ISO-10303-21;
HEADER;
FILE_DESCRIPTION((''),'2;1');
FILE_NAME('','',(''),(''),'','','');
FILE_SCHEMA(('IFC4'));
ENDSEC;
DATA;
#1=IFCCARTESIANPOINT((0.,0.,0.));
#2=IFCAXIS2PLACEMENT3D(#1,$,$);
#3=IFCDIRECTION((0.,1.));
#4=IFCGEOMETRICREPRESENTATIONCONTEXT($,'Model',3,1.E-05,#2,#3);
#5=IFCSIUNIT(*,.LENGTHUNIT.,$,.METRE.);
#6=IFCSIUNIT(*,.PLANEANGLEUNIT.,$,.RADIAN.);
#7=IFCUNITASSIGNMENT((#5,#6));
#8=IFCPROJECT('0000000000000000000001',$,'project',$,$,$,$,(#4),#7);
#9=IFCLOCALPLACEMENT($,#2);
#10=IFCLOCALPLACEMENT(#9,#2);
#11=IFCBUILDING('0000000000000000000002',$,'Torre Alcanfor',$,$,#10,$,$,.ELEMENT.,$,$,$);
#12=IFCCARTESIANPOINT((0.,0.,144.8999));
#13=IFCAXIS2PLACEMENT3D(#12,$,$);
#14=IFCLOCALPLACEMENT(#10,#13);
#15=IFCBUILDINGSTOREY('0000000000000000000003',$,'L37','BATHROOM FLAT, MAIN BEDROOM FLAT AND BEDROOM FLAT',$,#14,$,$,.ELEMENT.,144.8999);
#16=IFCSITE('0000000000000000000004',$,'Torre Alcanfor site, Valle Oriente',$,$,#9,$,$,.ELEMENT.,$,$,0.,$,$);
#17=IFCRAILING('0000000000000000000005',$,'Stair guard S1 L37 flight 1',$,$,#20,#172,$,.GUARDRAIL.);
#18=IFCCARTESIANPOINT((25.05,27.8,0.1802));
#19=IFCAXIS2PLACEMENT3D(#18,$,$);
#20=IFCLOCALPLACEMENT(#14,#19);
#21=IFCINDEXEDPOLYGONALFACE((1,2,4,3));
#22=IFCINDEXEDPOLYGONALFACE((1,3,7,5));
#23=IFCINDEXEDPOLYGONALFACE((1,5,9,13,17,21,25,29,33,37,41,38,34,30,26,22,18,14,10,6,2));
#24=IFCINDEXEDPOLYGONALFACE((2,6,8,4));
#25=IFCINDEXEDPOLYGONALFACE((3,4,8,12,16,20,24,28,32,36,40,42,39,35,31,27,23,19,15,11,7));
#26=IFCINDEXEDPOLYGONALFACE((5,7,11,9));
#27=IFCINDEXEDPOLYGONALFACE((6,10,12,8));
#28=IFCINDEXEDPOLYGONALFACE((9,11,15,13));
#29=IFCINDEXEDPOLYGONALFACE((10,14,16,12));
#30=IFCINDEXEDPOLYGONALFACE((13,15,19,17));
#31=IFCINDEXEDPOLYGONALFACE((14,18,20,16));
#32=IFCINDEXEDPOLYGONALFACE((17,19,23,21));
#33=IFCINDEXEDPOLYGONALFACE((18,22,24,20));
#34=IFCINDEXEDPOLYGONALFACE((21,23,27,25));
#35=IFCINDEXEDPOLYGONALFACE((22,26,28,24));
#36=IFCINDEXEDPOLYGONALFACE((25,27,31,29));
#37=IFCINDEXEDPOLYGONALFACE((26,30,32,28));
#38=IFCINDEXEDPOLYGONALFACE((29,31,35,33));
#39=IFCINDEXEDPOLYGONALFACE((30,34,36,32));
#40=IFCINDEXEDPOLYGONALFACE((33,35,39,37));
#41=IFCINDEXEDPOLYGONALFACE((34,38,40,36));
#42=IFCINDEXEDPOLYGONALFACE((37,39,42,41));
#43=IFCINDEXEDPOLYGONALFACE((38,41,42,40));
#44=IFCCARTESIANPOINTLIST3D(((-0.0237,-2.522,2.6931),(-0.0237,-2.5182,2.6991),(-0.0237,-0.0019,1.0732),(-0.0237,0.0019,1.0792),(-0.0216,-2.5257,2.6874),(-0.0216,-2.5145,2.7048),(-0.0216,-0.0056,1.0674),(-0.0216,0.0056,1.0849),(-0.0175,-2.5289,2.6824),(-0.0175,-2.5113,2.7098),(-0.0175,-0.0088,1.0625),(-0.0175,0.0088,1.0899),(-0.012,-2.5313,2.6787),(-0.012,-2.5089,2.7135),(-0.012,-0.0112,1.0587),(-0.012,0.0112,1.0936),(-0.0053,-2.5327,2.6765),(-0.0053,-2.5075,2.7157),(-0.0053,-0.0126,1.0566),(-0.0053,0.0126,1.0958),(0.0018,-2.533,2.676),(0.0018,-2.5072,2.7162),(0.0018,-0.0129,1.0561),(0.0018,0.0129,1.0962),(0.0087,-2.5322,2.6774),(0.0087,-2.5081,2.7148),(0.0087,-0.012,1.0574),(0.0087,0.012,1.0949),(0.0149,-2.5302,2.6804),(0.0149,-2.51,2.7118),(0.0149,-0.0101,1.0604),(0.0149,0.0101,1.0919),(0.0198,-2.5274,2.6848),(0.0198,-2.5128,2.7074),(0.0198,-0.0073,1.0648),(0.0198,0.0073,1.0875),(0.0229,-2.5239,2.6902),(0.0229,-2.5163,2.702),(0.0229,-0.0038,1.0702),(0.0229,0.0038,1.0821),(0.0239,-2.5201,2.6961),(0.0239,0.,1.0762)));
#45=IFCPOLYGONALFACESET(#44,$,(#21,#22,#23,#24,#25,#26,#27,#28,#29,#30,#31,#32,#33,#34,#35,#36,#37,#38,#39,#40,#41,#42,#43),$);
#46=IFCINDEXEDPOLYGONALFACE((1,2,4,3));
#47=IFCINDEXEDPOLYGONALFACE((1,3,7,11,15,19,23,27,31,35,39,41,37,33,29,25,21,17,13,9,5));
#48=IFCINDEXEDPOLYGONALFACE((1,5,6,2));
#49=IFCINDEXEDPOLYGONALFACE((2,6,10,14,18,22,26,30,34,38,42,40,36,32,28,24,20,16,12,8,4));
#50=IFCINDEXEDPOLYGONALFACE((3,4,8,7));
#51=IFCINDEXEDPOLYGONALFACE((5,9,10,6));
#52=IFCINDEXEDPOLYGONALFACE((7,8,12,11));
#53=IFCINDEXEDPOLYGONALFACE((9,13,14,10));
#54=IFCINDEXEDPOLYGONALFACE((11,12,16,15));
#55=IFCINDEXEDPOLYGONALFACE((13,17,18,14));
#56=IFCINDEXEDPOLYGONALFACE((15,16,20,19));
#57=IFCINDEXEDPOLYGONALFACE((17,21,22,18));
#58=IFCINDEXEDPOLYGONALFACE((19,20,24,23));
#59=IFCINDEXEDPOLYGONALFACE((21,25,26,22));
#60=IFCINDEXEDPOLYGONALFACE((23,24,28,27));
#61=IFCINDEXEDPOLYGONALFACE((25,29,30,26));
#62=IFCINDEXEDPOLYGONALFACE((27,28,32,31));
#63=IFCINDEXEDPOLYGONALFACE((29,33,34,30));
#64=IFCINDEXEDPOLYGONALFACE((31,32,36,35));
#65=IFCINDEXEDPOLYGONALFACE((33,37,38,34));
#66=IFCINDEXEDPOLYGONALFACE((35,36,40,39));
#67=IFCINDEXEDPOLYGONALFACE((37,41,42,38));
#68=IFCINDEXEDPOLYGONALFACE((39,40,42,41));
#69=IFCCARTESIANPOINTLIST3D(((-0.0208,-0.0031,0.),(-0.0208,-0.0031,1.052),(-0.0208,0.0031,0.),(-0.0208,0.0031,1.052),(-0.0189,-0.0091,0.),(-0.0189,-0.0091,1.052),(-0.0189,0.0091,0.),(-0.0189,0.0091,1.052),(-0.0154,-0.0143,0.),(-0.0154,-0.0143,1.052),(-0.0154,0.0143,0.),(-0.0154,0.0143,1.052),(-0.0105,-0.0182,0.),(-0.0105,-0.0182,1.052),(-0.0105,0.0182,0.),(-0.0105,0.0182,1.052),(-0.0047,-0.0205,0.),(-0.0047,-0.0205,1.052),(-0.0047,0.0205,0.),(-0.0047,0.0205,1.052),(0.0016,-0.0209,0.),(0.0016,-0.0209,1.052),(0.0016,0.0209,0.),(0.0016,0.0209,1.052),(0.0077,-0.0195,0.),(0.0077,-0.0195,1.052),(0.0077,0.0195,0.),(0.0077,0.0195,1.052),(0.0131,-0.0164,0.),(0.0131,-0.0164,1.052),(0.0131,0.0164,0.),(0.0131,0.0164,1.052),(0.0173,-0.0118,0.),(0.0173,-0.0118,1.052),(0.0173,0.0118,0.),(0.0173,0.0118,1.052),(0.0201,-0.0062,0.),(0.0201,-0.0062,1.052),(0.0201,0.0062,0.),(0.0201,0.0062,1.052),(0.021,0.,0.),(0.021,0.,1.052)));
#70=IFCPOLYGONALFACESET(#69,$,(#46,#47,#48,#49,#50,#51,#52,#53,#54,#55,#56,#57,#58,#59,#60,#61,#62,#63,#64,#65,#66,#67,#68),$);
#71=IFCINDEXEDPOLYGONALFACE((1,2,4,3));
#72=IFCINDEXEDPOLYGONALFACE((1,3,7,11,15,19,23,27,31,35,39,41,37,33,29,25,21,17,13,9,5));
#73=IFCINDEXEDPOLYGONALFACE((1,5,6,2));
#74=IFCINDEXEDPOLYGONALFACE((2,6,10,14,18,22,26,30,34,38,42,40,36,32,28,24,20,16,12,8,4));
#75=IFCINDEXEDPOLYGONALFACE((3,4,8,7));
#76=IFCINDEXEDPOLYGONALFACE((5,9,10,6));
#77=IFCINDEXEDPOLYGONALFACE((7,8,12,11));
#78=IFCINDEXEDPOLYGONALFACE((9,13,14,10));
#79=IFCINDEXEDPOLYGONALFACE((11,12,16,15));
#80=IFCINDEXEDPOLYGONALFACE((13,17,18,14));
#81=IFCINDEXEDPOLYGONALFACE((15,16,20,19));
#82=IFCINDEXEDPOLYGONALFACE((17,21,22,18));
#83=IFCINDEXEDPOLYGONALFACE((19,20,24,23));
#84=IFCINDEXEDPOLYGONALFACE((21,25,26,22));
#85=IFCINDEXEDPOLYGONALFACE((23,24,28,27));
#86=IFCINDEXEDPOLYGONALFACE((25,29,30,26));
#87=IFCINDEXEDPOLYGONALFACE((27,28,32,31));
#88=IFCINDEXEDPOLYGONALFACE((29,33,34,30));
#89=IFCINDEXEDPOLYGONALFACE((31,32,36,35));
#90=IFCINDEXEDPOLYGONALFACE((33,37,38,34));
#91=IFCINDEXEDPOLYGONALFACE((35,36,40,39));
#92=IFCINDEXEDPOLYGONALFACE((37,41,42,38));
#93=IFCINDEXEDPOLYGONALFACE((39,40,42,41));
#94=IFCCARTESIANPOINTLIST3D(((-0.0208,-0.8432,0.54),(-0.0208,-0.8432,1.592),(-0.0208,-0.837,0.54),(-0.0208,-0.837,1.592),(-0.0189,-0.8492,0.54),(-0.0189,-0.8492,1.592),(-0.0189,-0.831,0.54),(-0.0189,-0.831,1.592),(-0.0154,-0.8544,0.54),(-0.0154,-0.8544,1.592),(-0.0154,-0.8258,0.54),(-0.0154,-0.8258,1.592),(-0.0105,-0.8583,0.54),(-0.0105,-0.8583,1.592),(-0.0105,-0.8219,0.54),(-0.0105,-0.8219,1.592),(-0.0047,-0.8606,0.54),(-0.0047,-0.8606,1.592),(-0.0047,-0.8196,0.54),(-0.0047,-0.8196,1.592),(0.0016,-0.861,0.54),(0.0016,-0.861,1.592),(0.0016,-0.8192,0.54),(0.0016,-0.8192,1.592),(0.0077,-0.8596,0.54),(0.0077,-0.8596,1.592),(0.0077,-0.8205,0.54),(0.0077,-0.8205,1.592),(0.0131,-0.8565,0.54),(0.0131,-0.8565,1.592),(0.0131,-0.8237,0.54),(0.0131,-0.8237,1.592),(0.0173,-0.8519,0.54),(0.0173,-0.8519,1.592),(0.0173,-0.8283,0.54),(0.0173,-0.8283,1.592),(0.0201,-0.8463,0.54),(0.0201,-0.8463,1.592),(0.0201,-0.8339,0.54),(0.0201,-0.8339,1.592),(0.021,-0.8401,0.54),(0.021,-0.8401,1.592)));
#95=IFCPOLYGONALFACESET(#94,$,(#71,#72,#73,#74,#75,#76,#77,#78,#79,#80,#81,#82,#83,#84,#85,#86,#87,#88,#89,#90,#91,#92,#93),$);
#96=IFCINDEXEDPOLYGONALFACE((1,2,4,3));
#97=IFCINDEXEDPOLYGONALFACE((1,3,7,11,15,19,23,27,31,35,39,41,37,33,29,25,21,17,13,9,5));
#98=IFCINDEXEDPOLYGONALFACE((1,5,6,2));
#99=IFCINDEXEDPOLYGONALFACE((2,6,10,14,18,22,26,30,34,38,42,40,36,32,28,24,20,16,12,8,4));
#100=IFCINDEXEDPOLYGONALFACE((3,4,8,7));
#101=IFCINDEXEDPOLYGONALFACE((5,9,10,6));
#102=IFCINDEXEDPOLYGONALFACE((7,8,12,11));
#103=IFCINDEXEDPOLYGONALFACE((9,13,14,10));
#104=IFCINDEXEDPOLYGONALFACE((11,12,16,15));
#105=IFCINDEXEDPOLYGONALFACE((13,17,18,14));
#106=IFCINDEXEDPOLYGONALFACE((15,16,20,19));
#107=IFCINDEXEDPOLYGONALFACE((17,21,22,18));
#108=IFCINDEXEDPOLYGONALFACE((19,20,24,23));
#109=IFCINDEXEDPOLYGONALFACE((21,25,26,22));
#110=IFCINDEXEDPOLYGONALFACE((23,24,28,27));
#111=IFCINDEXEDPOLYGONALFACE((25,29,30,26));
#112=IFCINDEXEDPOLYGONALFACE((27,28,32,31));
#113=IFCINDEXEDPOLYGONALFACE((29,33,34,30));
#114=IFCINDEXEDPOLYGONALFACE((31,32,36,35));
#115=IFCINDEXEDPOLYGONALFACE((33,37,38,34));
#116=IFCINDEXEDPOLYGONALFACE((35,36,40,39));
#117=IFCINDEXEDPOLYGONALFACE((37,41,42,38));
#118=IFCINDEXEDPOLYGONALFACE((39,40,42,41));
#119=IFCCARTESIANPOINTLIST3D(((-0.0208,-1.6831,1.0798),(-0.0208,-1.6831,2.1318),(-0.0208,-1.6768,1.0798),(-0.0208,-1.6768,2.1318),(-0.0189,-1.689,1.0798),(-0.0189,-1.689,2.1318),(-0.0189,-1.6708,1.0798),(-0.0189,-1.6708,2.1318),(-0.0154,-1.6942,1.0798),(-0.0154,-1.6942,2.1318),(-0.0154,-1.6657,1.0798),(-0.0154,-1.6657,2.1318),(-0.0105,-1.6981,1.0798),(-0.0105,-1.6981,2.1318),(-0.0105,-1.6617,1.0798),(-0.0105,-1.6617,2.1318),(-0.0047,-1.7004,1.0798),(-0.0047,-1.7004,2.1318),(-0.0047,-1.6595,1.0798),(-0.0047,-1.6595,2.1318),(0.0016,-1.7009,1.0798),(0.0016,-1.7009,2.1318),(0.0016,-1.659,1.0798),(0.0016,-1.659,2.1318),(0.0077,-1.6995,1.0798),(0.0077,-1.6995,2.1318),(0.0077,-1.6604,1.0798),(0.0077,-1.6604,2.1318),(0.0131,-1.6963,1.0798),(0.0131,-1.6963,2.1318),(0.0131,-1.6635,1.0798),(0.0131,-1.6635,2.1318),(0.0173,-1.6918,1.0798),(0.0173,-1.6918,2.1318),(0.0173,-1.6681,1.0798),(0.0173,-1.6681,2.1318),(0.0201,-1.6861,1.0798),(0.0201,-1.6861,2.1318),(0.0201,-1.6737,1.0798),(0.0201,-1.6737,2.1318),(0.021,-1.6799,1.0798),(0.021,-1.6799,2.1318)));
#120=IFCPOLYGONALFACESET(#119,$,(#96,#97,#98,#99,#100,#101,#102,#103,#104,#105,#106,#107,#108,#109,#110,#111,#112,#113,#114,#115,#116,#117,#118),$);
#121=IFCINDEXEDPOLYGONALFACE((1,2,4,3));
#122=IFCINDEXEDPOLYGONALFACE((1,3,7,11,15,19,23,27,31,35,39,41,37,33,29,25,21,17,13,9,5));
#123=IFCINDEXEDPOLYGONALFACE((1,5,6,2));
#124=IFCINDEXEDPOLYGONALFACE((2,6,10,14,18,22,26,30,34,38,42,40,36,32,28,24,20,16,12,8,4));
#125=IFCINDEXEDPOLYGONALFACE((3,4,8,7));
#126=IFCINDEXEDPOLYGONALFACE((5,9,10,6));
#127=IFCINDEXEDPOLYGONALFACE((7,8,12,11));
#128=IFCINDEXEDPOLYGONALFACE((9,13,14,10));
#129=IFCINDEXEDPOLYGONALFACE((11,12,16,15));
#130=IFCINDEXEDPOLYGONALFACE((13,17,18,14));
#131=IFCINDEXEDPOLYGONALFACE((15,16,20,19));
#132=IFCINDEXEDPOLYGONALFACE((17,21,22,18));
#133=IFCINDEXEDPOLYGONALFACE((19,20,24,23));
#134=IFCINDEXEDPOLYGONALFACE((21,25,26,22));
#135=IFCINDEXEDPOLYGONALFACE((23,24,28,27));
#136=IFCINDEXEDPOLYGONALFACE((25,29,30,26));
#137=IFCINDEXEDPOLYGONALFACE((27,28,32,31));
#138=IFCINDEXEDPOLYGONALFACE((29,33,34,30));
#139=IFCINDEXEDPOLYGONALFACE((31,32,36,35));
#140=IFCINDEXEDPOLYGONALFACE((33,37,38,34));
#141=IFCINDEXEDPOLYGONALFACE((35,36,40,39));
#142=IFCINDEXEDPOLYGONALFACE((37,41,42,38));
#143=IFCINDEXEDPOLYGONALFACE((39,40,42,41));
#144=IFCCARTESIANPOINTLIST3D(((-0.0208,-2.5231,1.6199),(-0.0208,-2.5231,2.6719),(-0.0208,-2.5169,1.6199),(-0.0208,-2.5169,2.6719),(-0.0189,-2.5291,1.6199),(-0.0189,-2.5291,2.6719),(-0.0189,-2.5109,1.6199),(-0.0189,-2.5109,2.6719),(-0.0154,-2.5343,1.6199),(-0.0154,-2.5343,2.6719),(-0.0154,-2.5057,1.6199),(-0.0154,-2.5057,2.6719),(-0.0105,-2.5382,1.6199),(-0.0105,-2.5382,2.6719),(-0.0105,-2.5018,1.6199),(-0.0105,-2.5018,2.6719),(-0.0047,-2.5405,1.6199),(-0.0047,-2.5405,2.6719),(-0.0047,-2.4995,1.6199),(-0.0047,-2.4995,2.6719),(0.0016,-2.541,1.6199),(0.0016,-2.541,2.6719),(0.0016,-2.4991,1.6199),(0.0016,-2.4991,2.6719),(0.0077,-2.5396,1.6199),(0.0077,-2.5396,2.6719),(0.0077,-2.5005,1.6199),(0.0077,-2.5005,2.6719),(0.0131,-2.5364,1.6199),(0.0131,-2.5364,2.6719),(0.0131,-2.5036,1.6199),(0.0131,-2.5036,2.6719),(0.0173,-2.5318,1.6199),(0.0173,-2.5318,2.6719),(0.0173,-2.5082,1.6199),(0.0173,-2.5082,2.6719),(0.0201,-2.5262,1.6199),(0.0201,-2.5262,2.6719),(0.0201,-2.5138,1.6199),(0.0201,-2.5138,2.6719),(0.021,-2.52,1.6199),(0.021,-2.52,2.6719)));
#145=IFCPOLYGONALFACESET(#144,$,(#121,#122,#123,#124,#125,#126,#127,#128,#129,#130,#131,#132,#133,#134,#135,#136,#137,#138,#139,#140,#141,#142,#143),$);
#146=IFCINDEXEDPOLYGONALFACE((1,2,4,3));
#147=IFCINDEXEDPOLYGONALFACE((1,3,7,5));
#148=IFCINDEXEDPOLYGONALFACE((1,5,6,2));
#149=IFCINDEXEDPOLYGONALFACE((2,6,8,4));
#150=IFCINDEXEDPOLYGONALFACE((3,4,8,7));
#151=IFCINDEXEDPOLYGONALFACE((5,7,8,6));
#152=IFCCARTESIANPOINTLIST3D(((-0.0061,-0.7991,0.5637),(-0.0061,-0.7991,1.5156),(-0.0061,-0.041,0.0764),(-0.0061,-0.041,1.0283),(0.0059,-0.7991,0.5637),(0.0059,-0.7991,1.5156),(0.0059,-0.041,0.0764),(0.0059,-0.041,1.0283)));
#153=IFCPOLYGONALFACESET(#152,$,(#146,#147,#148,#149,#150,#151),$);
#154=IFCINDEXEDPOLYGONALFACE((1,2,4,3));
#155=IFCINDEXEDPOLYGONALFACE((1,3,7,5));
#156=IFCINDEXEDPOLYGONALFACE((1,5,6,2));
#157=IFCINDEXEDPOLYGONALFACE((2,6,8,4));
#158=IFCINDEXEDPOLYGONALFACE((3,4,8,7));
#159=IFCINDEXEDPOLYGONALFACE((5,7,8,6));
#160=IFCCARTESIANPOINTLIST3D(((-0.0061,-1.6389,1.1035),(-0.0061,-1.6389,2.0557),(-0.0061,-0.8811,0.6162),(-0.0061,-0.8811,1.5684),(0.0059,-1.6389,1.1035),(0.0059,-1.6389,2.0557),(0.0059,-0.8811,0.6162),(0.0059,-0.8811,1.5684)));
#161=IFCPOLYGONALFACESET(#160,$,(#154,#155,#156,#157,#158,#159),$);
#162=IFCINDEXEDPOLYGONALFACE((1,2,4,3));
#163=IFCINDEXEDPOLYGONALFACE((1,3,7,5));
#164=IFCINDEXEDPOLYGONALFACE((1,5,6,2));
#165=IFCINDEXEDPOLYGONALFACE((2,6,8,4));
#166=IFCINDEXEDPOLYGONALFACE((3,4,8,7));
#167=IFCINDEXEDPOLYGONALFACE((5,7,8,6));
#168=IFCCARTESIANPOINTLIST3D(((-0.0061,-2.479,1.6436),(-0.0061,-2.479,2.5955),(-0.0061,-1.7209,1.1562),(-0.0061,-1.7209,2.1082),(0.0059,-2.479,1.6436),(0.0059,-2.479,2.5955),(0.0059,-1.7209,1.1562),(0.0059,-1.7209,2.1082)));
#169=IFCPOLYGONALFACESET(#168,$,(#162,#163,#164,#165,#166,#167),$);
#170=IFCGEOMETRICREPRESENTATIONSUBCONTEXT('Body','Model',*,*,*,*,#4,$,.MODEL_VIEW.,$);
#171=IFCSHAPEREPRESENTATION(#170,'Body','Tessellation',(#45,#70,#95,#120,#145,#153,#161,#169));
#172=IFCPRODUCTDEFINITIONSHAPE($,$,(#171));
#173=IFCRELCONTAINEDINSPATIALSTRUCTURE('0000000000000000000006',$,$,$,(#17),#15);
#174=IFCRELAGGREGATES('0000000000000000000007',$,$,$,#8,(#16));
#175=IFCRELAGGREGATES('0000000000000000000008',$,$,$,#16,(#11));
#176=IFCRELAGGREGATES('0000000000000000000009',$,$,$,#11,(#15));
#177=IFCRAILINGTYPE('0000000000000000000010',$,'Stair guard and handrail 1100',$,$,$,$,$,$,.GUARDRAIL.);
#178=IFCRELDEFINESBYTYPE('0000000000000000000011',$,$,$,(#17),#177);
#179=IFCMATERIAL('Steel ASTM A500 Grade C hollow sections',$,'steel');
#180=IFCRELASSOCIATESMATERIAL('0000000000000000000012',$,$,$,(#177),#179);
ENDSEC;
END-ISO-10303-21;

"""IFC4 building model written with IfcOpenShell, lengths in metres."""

from ifc_helpers import new_model, si_unit, direction, frame, origin, origin_2d, place, context, subcontext, project, spatial, polyline, circle, outline, extrude, material, type_object, element, save


model = new_model("IFC4")

# Units and contexts
model_context = context("Model", 3, precision=1e-05, world=origin(), true_north=direction((0.0, 1.0)))
body_context = subcontext(model_context, "Body", "Model", "MODEL_VIEW")
ifc_project = project(units=[si_unit("LENGTHUNIT", "METRE"), si_unit("PLANEANGLEUNIT", "RADIAN")], contexts=[model_context])

# Site, building, storey
site_placement = place(None, origin())
site = spatial("IfcSite", under=ifc_project, at=site_placement, Name="Torre Alcanfor site, Valle Oriente", CompositionType="ELEMENT", RefElevation=0.0)
building_placement = place(site_placement, origin())
building = spatial("IfcBuilding", under=site, at=building_placement, Name="Torre Alcanfor", CompositionType="ELEMENT")
storey_placement = place(building_placement, frame((0.0, 0.0, 144.8999)))
storey = spatial("IfcBuildingStorey", under=building, at=storey_placement, Name="L37", Description="BATHROOM FLAT, MAIN BEDROOM FLAT AND BEDROOM FLAT", CompositionType="ELEMENT", Elevation=144.8999)

# Railing
ifc_material_1 = material(Name="Steel ASTM A500 Grade C hollow sections", Category="steel")
railing_type_1 = type_object("IfcRailingType", Name="Stair guard and handrail 1100", PredefinedType="GUARDRAIL", material=ifc_material_1)
railing_1_placement = place(storey_placement, frame((25.05, 27.8, 0.1802)))
element("IfcRailing", 1, at=railing_1_placement, inside=storey, type_object=railing_type_1, Name="Stair guard S1 L37 flight 1", PredefinedType="GUARDRAIL", context=body_context, shape_type="SweptSolid", body=[
    extrude(circle(Radius=0.0239, at=origin_2d()), frame((0.0, 0.0, 1.0762), z_axis=(0.0, -0.8412, 0.540725), x_axis=(1.0, 0.0, 0.0)), (0.0, 0.0, 1.0), 2.9958),
    extrude(circle(Radius=0.021, at=origin_2d()), origin(), (0.0, 0.0, 1.0), 1.052),
    extrude(circle(Radius=0.021, at=origin_2d()), frame((0.0, -0.8401, 0.54)), (0.0, 0.0, 1.0), 1.052),
    extrude(circle(Radius=0.021, at=origin_2d()), frame((0.0, -1.6799, 1.0798)), (0.0, 0.0, 1.0), 1.052),
    extrude(circle(Radius=0.021, at=origin_2d()), frame((0.0, -2.52, 1.6199)), (0.0, 0.0, 1.0), 1.052),
    extrude(outline(polyline([(0.041, 0.0764), (0.7991, 0.5637), (0.7991, 1.5156), (0.041, 1.0283), (0.041, 0.0764)])), frame((0.0059, 0.0, 0.0), z_axis=(-1.0, 0.0, 0.0), x_axis=(0.0, -1.0, 0.0)), (0.0, 0.0, 1.0), 0.012),
    extrude(outline(polyline([(0.8811, 0.6162), (1.6389, 1.1035), (1.6389, 2.0557), (0.8811, 1.5684), (0.8811, 0.6162)])), frame((0.0059, 0.0, 0.0), z_axis=(-1.0, 0.0, 0.0), x_axis=(0.0, -1.0, 0.0)), (0.0, 0.0, 1.0), 0.012),
    extrude(outline(polyline([(1.7209, 1.1562), (2.479, 1.6436), (2.479, 2.5955), (1.7209, 2.1082), (1.7209, 1.1562)])), frame((0.0059, 0.0, 0.0), z_axis=(-1.0, 0.0, 0.0), x_axis=(0.0, -1.0, 0.0)), (0.0, 0.0, 1.0), 0.012),
])

save(model, "model.ifc")
